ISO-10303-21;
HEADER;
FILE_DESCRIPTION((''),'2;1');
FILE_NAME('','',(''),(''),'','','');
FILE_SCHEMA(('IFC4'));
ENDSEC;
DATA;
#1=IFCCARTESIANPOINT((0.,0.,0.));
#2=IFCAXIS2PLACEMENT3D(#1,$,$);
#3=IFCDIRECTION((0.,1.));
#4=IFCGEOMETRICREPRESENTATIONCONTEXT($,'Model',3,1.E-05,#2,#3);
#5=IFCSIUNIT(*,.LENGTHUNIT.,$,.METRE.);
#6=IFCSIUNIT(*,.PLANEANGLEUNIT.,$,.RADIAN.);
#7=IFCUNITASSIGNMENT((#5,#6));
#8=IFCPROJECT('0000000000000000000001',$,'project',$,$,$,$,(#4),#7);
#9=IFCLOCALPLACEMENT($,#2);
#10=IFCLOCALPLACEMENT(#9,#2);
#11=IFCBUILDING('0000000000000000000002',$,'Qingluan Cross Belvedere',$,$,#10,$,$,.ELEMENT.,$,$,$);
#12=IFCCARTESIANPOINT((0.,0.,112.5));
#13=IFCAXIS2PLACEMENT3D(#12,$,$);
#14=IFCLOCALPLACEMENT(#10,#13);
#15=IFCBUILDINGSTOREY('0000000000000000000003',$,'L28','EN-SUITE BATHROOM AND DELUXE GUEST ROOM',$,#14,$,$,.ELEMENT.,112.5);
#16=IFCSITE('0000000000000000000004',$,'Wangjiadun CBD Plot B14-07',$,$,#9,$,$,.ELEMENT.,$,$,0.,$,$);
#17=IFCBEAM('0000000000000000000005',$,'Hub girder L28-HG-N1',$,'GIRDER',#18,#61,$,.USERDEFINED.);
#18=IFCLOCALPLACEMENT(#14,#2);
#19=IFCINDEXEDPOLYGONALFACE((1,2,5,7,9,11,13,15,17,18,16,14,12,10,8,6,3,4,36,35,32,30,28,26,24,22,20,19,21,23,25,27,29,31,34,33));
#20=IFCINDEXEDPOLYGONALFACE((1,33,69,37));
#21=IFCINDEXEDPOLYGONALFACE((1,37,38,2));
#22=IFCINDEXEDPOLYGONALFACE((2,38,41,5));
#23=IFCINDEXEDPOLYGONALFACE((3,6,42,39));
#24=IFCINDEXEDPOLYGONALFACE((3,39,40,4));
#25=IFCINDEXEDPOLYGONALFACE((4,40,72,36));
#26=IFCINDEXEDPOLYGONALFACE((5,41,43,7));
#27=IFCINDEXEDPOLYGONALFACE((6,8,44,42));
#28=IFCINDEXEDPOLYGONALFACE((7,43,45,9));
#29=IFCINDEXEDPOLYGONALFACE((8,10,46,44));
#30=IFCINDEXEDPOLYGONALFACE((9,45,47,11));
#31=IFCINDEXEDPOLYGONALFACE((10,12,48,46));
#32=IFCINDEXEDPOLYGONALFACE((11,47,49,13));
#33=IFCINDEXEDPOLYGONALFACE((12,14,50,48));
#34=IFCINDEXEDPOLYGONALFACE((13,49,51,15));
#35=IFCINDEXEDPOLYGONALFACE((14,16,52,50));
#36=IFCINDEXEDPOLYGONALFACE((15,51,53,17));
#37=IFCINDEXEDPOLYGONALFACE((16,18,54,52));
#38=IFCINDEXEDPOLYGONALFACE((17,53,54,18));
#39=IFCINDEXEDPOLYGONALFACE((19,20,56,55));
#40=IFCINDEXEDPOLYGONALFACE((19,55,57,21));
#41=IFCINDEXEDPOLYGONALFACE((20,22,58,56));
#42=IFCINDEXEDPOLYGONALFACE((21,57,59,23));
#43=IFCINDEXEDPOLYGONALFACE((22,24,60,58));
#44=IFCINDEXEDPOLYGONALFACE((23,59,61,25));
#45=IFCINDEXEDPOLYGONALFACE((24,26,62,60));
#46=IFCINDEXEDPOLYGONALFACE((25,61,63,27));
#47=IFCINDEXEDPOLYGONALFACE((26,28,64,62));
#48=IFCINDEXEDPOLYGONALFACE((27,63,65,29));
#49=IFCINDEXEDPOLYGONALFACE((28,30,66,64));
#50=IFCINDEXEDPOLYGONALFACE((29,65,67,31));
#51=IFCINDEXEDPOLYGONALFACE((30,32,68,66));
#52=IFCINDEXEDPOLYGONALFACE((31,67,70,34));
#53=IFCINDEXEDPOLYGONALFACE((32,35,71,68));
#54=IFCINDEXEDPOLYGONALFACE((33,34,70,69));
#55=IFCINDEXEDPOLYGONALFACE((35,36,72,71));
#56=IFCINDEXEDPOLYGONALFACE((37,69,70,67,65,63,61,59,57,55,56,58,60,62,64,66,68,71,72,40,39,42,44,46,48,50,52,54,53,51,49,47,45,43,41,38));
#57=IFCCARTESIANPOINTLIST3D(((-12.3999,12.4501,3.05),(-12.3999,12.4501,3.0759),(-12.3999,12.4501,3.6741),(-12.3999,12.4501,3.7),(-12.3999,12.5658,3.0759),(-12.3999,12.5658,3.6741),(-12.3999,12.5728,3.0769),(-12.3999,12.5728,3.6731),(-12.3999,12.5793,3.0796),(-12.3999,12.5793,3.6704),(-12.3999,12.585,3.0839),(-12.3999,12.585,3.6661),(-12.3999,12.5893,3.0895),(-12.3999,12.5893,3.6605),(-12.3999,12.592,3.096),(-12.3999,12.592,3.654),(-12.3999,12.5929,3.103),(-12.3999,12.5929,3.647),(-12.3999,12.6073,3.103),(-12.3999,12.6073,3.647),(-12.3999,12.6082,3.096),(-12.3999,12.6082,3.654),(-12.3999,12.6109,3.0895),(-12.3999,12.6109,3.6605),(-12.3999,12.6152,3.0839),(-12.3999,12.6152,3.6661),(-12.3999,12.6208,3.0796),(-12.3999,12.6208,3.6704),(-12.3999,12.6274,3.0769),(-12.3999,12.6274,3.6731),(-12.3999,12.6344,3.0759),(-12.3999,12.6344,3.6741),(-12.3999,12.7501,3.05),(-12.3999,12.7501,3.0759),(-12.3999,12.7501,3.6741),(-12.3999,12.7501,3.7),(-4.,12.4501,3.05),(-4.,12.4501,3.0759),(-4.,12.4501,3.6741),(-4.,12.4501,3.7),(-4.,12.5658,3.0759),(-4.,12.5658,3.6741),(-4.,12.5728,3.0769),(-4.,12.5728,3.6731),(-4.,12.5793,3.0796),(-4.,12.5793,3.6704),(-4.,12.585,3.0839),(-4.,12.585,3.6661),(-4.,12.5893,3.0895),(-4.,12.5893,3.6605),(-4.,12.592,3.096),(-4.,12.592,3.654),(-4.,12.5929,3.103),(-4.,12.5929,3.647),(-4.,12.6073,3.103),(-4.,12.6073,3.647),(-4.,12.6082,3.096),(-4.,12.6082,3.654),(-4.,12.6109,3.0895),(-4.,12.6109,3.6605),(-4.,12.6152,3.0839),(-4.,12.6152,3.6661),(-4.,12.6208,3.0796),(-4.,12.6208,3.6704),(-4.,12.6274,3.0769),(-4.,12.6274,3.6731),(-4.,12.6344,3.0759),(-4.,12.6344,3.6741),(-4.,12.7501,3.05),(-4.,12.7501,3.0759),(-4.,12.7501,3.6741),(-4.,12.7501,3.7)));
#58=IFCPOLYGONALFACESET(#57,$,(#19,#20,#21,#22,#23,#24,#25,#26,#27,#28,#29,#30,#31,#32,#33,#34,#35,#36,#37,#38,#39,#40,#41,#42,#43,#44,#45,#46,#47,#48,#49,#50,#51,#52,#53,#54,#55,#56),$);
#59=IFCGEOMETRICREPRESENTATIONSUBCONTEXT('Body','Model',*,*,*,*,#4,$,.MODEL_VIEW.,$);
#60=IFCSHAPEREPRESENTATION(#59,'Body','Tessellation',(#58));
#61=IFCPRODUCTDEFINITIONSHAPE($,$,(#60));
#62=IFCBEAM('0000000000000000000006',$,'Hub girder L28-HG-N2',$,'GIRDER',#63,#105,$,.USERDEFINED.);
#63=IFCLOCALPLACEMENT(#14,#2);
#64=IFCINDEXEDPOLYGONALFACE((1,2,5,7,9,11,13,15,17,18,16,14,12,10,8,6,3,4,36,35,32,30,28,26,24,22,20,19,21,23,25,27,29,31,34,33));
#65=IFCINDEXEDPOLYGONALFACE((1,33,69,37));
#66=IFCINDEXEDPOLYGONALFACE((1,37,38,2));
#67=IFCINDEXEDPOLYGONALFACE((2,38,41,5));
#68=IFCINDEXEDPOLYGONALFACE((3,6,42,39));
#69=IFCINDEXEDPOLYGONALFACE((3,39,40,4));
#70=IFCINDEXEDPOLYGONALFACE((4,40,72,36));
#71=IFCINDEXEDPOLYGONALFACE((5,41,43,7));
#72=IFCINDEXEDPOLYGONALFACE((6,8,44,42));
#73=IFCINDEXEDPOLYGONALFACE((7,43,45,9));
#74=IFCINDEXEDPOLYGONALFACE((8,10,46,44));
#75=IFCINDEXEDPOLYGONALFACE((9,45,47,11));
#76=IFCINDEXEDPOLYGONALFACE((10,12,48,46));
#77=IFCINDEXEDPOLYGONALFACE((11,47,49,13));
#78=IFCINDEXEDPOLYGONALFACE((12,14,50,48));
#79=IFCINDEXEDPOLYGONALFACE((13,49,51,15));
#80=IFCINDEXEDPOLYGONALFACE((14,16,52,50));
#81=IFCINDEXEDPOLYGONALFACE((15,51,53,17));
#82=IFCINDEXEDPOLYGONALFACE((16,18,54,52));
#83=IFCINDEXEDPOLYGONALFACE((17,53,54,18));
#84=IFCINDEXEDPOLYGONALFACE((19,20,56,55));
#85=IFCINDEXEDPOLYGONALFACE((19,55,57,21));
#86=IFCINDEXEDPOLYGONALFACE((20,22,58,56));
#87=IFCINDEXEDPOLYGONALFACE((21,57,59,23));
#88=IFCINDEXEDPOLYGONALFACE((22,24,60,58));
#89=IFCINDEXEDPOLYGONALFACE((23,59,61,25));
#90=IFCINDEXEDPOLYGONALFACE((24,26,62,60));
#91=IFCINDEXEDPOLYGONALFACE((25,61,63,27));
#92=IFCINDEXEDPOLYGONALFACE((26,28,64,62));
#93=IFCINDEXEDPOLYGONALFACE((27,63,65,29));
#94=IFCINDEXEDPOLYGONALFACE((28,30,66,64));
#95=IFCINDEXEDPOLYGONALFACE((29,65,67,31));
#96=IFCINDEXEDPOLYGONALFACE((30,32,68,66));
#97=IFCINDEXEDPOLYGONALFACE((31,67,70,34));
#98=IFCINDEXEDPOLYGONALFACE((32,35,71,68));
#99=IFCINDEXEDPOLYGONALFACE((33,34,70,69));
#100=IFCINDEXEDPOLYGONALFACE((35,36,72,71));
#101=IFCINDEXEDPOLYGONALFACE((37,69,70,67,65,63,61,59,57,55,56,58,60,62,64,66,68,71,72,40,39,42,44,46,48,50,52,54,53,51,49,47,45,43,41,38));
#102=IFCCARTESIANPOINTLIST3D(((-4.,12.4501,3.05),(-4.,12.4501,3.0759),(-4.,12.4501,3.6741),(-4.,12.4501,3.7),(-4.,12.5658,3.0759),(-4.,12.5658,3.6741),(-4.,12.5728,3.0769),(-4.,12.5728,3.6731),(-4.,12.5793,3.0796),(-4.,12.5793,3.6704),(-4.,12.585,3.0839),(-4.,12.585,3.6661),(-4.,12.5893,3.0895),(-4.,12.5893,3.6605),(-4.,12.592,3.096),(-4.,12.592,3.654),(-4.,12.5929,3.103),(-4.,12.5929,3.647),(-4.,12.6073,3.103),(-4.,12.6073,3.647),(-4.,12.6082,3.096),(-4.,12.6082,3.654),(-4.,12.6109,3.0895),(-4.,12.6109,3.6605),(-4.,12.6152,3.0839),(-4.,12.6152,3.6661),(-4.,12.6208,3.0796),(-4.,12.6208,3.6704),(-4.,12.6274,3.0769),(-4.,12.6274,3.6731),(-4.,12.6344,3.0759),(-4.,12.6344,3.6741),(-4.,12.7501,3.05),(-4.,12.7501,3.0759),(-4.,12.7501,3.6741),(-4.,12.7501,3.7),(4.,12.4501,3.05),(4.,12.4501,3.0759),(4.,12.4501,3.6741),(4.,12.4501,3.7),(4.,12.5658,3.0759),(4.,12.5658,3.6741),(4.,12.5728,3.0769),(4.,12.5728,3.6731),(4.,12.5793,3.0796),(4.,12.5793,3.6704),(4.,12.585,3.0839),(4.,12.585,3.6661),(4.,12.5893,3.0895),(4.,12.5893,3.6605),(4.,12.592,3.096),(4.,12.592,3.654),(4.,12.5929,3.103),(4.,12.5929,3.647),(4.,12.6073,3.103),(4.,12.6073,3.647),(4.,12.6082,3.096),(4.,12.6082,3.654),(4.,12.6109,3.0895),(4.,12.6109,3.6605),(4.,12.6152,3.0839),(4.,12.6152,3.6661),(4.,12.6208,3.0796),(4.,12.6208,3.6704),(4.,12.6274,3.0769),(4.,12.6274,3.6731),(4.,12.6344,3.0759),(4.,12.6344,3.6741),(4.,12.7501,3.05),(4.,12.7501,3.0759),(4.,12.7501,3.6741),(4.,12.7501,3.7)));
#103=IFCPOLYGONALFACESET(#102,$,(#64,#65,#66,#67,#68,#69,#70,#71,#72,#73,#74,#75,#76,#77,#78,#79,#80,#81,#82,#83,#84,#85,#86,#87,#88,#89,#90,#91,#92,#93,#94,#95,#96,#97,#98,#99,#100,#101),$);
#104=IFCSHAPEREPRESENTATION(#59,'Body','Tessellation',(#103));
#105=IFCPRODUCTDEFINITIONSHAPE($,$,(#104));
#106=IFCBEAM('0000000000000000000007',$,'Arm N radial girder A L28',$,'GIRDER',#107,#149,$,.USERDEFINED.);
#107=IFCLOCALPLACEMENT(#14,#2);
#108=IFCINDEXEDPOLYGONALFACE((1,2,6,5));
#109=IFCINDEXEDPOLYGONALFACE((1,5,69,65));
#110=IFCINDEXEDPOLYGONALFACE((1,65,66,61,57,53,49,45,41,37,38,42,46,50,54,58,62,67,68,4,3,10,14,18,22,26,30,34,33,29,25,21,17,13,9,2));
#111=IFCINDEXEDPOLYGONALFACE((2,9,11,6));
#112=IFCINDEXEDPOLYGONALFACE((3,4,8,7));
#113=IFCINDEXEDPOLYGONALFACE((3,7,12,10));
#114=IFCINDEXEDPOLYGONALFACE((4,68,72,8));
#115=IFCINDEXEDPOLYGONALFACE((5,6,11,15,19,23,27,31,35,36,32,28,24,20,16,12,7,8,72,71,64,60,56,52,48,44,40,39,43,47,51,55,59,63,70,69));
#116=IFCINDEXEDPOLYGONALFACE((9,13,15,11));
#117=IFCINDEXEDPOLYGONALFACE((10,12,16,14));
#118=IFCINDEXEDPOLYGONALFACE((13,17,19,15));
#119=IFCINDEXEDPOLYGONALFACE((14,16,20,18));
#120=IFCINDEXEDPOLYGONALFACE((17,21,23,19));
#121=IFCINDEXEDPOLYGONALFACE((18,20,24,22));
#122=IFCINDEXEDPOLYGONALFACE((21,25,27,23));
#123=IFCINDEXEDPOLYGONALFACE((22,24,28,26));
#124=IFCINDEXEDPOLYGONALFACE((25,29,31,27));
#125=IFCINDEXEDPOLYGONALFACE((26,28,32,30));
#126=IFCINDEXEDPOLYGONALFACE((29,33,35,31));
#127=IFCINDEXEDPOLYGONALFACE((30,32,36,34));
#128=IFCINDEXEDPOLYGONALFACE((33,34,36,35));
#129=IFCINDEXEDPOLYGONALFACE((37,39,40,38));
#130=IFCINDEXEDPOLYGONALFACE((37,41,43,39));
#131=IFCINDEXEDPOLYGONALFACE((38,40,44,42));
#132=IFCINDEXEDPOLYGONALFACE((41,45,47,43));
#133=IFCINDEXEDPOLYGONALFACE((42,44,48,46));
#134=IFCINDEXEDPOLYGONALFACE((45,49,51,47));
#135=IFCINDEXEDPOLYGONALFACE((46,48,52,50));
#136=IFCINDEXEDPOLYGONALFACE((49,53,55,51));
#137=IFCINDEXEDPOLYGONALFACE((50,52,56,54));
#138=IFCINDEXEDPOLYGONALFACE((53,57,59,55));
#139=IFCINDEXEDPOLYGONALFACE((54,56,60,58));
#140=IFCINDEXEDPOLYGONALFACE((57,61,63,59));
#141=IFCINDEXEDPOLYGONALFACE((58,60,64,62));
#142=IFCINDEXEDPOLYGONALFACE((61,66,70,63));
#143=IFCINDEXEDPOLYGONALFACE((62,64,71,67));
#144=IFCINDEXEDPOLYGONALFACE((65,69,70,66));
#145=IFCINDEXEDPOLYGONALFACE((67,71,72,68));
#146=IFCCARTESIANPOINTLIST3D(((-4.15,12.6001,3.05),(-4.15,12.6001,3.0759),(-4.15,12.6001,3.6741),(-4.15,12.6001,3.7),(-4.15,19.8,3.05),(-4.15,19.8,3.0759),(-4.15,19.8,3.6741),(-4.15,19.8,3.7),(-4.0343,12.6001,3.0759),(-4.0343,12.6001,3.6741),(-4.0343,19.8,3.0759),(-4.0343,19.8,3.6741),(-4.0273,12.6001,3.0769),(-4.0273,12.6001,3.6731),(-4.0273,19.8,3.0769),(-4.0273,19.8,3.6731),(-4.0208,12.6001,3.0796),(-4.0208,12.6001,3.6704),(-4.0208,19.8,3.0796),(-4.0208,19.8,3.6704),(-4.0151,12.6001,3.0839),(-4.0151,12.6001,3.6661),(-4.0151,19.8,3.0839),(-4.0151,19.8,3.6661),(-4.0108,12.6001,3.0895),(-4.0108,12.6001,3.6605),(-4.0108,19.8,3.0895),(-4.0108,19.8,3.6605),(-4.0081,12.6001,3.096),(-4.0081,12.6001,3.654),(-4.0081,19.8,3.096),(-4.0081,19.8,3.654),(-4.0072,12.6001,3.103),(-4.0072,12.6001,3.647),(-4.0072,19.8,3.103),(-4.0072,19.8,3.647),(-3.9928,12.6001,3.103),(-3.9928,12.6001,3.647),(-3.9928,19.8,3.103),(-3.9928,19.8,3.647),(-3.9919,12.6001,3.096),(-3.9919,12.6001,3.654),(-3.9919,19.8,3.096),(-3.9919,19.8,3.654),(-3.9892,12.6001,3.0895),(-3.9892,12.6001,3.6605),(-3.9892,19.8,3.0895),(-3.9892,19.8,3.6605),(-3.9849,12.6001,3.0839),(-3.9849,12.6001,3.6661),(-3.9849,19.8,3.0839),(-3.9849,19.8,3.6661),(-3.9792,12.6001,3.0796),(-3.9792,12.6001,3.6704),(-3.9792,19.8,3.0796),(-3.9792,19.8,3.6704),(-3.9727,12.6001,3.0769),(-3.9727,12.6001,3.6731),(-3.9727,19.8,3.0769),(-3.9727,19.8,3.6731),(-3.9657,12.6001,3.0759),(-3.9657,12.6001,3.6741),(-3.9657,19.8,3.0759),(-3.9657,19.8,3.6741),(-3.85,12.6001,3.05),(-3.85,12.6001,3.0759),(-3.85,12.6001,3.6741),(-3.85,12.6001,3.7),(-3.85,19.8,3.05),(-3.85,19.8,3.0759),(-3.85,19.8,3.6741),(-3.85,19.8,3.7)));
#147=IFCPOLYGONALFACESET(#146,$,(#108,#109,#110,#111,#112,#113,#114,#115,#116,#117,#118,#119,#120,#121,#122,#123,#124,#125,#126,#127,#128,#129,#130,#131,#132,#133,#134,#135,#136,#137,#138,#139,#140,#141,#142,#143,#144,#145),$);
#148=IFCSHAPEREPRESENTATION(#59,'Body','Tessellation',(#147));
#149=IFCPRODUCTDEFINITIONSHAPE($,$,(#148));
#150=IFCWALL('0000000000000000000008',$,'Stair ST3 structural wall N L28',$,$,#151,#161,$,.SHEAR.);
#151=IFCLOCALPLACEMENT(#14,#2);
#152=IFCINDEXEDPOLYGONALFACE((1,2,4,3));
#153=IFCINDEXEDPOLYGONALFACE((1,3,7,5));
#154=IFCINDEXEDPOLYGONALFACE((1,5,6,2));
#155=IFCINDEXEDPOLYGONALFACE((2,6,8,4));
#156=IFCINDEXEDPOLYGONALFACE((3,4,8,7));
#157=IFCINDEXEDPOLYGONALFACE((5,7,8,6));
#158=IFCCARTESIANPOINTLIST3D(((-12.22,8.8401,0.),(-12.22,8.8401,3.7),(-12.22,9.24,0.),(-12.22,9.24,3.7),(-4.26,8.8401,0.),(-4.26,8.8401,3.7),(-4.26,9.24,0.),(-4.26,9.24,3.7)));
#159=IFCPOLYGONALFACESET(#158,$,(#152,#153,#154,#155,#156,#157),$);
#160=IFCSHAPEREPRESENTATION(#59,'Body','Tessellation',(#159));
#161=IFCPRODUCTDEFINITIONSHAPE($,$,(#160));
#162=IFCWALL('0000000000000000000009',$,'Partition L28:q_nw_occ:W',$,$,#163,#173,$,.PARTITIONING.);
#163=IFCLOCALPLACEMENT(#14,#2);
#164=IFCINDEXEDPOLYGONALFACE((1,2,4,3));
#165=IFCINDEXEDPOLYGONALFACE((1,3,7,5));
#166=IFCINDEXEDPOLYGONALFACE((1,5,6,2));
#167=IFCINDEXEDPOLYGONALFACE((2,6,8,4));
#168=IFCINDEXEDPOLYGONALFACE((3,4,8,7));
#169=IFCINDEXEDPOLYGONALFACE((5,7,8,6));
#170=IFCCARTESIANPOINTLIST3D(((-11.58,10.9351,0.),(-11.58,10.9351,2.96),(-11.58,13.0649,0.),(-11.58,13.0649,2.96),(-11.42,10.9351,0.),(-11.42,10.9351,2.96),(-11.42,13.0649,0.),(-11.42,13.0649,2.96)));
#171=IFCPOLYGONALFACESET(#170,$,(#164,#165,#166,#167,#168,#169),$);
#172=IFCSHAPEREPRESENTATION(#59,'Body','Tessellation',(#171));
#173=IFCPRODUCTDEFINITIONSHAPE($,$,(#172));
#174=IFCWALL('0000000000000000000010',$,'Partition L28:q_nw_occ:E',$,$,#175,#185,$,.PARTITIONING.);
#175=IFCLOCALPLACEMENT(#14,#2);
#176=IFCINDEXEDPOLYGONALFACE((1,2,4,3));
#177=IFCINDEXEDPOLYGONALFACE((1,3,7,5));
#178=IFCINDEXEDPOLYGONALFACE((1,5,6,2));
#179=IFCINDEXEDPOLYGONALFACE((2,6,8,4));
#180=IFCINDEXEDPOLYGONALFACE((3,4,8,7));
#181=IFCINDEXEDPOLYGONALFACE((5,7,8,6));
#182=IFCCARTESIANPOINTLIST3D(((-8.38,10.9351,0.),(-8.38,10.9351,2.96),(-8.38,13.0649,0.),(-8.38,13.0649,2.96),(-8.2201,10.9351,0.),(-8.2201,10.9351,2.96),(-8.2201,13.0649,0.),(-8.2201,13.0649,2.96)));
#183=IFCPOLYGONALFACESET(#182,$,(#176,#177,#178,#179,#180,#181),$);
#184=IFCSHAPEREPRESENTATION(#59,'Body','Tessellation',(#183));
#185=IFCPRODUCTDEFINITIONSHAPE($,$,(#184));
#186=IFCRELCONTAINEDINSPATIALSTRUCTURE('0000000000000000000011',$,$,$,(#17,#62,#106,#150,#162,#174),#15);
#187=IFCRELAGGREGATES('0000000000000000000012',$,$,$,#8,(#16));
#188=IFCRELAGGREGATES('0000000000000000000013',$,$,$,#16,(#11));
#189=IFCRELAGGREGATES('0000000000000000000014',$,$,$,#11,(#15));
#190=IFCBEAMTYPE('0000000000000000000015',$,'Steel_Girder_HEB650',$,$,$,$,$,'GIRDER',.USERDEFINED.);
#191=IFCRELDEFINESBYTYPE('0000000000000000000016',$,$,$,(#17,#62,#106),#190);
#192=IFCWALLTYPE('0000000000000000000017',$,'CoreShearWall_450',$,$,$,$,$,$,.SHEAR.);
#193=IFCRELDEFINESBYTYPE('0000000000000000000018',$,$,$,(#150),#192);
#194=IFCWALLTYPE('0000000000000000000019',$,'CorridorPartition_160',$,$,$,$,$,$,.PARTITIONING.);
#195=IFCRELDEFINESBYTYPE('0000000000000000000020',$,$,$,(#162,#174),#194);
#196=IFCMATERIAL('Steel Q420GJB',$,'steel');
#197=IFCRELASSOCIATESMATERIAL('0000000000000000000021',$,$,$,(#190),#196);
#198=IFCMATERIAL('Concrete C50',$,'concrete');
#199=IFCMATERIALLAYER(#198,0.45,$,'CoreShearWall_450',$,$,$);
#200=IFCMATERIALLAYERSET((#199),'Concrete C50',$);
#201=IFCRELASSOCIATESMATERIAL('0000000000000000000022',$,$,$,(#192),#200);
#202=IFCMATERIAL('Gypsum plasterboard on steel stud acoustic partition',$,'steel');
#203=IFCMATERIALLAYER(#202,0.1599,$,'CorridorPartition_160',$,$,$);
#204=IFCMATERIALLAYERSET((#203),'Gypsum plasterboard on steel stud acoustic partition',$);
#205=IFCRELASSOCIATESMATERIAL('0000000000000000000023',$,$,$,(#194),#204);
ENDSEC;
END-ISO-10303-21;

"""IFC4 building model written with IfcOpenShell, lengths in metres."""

from ifc_helpers import new_model, si_unit, direction, frame, frame_2d, origin, origin_2d, place, context, subcontext, project, spatial, rectangle, i_section, extrude, material, layer, layer_set, material_profile, profile_set, type_object, element, save


model = new_model("IFC4")

# Units and contexts
model_context = context("Model", 3, precision=1e-05, world=origin(), true_north=direction((0.0, 1.0)))
body_context = subcontext(model_context, "Body", "Model", "MODEL_VIEW")
ifc_project = project(units=[si_unit("LENGTHUNIT", "METRE"), si_unit("PLANEANGLEUNIT", "RADIAN")], contexts=[model_context])

# Site, building, storey
site_placement = place(None, origin())
site = spatial("IfcSite", under=ifc_project, at=site_placement, Name="Wangjiadun CBD Plot B14-07", CompositionType="ELEMENT", RefElevation=0.0)
building_placement = place(site_placement, origin())
building = spatial("IfcBuilding", under=site, at=building_placement, Name="Qingluan Cross Belvedere", CompositionType="ELEMENT")
storey_placement = place(building_placement, frame((0.0, 0.0, 112.5)))
storey = spatial("IfcBuildingStorey", under=building, at=storey_placement, Name="L28", Description="EN-SUITE BATHROOM AND DELUXE GUEST ROOM", CompositionType="ELEMENT", Elevation=112.5)

# Beams
ifc_material_1 = material(Name="Steel Q420GJB", Category="steel")
ifc_material_profile_1 = material_profile(ifc_material_1, i_section(OverallWidth=0.3, OverallDepth=0.6499, WebThickness=0.0144, FlangeThickness=0.0259, FilletRadius=0.0271, at=origin_2d()), Name="HEB650")
ifc_profile_set_1 = profile_set([ifc_material_profile_1], Name="Steel Q420GJB")
beam_type_1 = type_object("IfcBeamType", Name="Steel_Girder_HEB650", ElementType="GIRDER", PredefinedType="USERDEFINED", material=ifc_profile_set_1)
beam_1_placement = place(storey_placement, frame((-12.3999, 12.6001, 3.375), z_axis=(1.0, 0.0, 0.0), x_axis=(0.0, 1.0, 0.0)))
element("IfcBeam", 1, at=beam_1_placement, inside=storey, type_object=beam_type_1, Name="Hub girder L28-HG-N1", ObjectType="GIRDER", PredefinedType="USERDEFINED", context=body_context, shape_type="SweptSolid", body=[
    extrude(i_section(OverallWidth=0.3, OverallDepth=0.6499, WebThickness=0.0144, FlangeThickness=0.0259, FilletRadius=0.0271, at=origin_2d()), origin(), (0.0, 0.0, 1.0), 8.3999),
])
beam_2_placement = place(storey_placement, frame((-4.0, 12.6001, 3.375), z_axis=(1.0, 0.0, 0.0), x_axis=(0.0, 1.0, 0.0)))
element("IfcBeam", 2, at=beam_2_placement, inside=storey, type_object=beam_type_1, Name="Hub girder L28-HG-N2", ObjectType="GIRDER", PredefinedType="USERDEFINED", context=body_context, shape_type="SweptSolid", body=[
    extrude(i_section(OverallWidth=0.3, OverallDepth=0.6499, WebThickness=0.0144, FlangeThickness=0.0259, FilletRadius=0.0271, at=origin_2d()), origin(), (0.0, 0.0, 1.0), 8.0),
])
beam_3_placement = place(storey_placement, frame((-4.0, 12.6001, 3.375), z_axis=(0.0, 1.0, 0.0), x_axis=(-1.0, 0.0, 0.0)))
element("IfcBeam", 3, at=beam_3_placement, inside=storey, type_object=beam_type_1, Name="Arm N radial girder A L28", ObjectType="GIRDER", PredefinedType="USERDEFINED", context=body_context, shape_type="SweptSolid", body=[
    extrude(i_section(OverallWidth=0.3, OverallDepth=0.6499, WebThickness=0.0144, FlangeThickness=0.0259, FilletRadius=0.0271, at=origin_2d()), origin(), (0.0, 0.0, 1.0), 7.2),
])

# Wall
ifc_material_2 = material(Name="Concrete C50", Category="concrete")
ifc_layer_1 = layer(ifc_material_2, 0.45, Name="CoreShearWall_450")
ifc_layer_set_1 = layer_set([ifc_layer_1], Name="Concrete C50")
wall_type_1 = type_object("IfcWallType", Name="CoreShearWall_450", PredefinedType="SHEAR", material=ifc_layer_set_1)
wall_1_placement = place(storey_placement, frame((-12.22, 9.04, 0.0), z_axis=(0.0, 0.0, 1.0), x_axis=(1.0, 0.0, 0.0)))
element("IfcWall", 4, at=wall_1_placement, inside=storey, type_object=wall_type_1, Name="Stair ST3 structural wall N L28", PredefinedType="SHEAR", context=body_context, shape_type="SweptSolid", body=[
    extrude(rectangle(XDim=7.96, YDim=0.3999, at=frame_2d((3.98, 0.0))), origin(), (0.0, 0.0, 1.0), 3.7),
])

# Shared definitions
ifc_material_3 = material(Name="Gypsum plasterboard on steel stud acoustic partition", Category="steel")
ifc_layer_2 = layer(ifc_material_3, 0.1599, Name="CorridorPartition_160")
ifc_layer_set_2 = layer_set([ifc_layer_2], Name="Gypsum plasterboard on steel stud acoustic partition")
wall_type_2 = type_object("IfcWallType", Name="CorridorPartition_160", PredefinedType="PARTITIONING", material=ifc_layer_set_2)

# Walls
for number, where, z_axis, x_axis, name in (
    (5, (-11.5, 10.9351, 0.0), (0.0, 0.0, 1.0), (0.0, 1.0, 0.0), "Partition L28:q_nw_occ:W"),
    (6, (-8.3, 10.9351, 0.0), (0.0, 0.0, 1.0), (0.0, 1.0, 0.0), "Partition L28:q_nw_occ:E"),
):
    element("IfcWall", number, at=place(storey_placement, frame(where, z_axis=z_axis, x_axis=x_axis)), inside=storey, type_object=wall_type_2, Name=name, PredefinedType="PARTITIONING", context=body_context, shape_type="SweptSolid", body=[
        extrude(rectangle(XDim=2.1299, YDim=0.1599, at=frame_2d((1.0649, 0.0))), origin(), (0.0, 0.0, 1.0), 2.96),
    ])

save(model, "model.ifc")
